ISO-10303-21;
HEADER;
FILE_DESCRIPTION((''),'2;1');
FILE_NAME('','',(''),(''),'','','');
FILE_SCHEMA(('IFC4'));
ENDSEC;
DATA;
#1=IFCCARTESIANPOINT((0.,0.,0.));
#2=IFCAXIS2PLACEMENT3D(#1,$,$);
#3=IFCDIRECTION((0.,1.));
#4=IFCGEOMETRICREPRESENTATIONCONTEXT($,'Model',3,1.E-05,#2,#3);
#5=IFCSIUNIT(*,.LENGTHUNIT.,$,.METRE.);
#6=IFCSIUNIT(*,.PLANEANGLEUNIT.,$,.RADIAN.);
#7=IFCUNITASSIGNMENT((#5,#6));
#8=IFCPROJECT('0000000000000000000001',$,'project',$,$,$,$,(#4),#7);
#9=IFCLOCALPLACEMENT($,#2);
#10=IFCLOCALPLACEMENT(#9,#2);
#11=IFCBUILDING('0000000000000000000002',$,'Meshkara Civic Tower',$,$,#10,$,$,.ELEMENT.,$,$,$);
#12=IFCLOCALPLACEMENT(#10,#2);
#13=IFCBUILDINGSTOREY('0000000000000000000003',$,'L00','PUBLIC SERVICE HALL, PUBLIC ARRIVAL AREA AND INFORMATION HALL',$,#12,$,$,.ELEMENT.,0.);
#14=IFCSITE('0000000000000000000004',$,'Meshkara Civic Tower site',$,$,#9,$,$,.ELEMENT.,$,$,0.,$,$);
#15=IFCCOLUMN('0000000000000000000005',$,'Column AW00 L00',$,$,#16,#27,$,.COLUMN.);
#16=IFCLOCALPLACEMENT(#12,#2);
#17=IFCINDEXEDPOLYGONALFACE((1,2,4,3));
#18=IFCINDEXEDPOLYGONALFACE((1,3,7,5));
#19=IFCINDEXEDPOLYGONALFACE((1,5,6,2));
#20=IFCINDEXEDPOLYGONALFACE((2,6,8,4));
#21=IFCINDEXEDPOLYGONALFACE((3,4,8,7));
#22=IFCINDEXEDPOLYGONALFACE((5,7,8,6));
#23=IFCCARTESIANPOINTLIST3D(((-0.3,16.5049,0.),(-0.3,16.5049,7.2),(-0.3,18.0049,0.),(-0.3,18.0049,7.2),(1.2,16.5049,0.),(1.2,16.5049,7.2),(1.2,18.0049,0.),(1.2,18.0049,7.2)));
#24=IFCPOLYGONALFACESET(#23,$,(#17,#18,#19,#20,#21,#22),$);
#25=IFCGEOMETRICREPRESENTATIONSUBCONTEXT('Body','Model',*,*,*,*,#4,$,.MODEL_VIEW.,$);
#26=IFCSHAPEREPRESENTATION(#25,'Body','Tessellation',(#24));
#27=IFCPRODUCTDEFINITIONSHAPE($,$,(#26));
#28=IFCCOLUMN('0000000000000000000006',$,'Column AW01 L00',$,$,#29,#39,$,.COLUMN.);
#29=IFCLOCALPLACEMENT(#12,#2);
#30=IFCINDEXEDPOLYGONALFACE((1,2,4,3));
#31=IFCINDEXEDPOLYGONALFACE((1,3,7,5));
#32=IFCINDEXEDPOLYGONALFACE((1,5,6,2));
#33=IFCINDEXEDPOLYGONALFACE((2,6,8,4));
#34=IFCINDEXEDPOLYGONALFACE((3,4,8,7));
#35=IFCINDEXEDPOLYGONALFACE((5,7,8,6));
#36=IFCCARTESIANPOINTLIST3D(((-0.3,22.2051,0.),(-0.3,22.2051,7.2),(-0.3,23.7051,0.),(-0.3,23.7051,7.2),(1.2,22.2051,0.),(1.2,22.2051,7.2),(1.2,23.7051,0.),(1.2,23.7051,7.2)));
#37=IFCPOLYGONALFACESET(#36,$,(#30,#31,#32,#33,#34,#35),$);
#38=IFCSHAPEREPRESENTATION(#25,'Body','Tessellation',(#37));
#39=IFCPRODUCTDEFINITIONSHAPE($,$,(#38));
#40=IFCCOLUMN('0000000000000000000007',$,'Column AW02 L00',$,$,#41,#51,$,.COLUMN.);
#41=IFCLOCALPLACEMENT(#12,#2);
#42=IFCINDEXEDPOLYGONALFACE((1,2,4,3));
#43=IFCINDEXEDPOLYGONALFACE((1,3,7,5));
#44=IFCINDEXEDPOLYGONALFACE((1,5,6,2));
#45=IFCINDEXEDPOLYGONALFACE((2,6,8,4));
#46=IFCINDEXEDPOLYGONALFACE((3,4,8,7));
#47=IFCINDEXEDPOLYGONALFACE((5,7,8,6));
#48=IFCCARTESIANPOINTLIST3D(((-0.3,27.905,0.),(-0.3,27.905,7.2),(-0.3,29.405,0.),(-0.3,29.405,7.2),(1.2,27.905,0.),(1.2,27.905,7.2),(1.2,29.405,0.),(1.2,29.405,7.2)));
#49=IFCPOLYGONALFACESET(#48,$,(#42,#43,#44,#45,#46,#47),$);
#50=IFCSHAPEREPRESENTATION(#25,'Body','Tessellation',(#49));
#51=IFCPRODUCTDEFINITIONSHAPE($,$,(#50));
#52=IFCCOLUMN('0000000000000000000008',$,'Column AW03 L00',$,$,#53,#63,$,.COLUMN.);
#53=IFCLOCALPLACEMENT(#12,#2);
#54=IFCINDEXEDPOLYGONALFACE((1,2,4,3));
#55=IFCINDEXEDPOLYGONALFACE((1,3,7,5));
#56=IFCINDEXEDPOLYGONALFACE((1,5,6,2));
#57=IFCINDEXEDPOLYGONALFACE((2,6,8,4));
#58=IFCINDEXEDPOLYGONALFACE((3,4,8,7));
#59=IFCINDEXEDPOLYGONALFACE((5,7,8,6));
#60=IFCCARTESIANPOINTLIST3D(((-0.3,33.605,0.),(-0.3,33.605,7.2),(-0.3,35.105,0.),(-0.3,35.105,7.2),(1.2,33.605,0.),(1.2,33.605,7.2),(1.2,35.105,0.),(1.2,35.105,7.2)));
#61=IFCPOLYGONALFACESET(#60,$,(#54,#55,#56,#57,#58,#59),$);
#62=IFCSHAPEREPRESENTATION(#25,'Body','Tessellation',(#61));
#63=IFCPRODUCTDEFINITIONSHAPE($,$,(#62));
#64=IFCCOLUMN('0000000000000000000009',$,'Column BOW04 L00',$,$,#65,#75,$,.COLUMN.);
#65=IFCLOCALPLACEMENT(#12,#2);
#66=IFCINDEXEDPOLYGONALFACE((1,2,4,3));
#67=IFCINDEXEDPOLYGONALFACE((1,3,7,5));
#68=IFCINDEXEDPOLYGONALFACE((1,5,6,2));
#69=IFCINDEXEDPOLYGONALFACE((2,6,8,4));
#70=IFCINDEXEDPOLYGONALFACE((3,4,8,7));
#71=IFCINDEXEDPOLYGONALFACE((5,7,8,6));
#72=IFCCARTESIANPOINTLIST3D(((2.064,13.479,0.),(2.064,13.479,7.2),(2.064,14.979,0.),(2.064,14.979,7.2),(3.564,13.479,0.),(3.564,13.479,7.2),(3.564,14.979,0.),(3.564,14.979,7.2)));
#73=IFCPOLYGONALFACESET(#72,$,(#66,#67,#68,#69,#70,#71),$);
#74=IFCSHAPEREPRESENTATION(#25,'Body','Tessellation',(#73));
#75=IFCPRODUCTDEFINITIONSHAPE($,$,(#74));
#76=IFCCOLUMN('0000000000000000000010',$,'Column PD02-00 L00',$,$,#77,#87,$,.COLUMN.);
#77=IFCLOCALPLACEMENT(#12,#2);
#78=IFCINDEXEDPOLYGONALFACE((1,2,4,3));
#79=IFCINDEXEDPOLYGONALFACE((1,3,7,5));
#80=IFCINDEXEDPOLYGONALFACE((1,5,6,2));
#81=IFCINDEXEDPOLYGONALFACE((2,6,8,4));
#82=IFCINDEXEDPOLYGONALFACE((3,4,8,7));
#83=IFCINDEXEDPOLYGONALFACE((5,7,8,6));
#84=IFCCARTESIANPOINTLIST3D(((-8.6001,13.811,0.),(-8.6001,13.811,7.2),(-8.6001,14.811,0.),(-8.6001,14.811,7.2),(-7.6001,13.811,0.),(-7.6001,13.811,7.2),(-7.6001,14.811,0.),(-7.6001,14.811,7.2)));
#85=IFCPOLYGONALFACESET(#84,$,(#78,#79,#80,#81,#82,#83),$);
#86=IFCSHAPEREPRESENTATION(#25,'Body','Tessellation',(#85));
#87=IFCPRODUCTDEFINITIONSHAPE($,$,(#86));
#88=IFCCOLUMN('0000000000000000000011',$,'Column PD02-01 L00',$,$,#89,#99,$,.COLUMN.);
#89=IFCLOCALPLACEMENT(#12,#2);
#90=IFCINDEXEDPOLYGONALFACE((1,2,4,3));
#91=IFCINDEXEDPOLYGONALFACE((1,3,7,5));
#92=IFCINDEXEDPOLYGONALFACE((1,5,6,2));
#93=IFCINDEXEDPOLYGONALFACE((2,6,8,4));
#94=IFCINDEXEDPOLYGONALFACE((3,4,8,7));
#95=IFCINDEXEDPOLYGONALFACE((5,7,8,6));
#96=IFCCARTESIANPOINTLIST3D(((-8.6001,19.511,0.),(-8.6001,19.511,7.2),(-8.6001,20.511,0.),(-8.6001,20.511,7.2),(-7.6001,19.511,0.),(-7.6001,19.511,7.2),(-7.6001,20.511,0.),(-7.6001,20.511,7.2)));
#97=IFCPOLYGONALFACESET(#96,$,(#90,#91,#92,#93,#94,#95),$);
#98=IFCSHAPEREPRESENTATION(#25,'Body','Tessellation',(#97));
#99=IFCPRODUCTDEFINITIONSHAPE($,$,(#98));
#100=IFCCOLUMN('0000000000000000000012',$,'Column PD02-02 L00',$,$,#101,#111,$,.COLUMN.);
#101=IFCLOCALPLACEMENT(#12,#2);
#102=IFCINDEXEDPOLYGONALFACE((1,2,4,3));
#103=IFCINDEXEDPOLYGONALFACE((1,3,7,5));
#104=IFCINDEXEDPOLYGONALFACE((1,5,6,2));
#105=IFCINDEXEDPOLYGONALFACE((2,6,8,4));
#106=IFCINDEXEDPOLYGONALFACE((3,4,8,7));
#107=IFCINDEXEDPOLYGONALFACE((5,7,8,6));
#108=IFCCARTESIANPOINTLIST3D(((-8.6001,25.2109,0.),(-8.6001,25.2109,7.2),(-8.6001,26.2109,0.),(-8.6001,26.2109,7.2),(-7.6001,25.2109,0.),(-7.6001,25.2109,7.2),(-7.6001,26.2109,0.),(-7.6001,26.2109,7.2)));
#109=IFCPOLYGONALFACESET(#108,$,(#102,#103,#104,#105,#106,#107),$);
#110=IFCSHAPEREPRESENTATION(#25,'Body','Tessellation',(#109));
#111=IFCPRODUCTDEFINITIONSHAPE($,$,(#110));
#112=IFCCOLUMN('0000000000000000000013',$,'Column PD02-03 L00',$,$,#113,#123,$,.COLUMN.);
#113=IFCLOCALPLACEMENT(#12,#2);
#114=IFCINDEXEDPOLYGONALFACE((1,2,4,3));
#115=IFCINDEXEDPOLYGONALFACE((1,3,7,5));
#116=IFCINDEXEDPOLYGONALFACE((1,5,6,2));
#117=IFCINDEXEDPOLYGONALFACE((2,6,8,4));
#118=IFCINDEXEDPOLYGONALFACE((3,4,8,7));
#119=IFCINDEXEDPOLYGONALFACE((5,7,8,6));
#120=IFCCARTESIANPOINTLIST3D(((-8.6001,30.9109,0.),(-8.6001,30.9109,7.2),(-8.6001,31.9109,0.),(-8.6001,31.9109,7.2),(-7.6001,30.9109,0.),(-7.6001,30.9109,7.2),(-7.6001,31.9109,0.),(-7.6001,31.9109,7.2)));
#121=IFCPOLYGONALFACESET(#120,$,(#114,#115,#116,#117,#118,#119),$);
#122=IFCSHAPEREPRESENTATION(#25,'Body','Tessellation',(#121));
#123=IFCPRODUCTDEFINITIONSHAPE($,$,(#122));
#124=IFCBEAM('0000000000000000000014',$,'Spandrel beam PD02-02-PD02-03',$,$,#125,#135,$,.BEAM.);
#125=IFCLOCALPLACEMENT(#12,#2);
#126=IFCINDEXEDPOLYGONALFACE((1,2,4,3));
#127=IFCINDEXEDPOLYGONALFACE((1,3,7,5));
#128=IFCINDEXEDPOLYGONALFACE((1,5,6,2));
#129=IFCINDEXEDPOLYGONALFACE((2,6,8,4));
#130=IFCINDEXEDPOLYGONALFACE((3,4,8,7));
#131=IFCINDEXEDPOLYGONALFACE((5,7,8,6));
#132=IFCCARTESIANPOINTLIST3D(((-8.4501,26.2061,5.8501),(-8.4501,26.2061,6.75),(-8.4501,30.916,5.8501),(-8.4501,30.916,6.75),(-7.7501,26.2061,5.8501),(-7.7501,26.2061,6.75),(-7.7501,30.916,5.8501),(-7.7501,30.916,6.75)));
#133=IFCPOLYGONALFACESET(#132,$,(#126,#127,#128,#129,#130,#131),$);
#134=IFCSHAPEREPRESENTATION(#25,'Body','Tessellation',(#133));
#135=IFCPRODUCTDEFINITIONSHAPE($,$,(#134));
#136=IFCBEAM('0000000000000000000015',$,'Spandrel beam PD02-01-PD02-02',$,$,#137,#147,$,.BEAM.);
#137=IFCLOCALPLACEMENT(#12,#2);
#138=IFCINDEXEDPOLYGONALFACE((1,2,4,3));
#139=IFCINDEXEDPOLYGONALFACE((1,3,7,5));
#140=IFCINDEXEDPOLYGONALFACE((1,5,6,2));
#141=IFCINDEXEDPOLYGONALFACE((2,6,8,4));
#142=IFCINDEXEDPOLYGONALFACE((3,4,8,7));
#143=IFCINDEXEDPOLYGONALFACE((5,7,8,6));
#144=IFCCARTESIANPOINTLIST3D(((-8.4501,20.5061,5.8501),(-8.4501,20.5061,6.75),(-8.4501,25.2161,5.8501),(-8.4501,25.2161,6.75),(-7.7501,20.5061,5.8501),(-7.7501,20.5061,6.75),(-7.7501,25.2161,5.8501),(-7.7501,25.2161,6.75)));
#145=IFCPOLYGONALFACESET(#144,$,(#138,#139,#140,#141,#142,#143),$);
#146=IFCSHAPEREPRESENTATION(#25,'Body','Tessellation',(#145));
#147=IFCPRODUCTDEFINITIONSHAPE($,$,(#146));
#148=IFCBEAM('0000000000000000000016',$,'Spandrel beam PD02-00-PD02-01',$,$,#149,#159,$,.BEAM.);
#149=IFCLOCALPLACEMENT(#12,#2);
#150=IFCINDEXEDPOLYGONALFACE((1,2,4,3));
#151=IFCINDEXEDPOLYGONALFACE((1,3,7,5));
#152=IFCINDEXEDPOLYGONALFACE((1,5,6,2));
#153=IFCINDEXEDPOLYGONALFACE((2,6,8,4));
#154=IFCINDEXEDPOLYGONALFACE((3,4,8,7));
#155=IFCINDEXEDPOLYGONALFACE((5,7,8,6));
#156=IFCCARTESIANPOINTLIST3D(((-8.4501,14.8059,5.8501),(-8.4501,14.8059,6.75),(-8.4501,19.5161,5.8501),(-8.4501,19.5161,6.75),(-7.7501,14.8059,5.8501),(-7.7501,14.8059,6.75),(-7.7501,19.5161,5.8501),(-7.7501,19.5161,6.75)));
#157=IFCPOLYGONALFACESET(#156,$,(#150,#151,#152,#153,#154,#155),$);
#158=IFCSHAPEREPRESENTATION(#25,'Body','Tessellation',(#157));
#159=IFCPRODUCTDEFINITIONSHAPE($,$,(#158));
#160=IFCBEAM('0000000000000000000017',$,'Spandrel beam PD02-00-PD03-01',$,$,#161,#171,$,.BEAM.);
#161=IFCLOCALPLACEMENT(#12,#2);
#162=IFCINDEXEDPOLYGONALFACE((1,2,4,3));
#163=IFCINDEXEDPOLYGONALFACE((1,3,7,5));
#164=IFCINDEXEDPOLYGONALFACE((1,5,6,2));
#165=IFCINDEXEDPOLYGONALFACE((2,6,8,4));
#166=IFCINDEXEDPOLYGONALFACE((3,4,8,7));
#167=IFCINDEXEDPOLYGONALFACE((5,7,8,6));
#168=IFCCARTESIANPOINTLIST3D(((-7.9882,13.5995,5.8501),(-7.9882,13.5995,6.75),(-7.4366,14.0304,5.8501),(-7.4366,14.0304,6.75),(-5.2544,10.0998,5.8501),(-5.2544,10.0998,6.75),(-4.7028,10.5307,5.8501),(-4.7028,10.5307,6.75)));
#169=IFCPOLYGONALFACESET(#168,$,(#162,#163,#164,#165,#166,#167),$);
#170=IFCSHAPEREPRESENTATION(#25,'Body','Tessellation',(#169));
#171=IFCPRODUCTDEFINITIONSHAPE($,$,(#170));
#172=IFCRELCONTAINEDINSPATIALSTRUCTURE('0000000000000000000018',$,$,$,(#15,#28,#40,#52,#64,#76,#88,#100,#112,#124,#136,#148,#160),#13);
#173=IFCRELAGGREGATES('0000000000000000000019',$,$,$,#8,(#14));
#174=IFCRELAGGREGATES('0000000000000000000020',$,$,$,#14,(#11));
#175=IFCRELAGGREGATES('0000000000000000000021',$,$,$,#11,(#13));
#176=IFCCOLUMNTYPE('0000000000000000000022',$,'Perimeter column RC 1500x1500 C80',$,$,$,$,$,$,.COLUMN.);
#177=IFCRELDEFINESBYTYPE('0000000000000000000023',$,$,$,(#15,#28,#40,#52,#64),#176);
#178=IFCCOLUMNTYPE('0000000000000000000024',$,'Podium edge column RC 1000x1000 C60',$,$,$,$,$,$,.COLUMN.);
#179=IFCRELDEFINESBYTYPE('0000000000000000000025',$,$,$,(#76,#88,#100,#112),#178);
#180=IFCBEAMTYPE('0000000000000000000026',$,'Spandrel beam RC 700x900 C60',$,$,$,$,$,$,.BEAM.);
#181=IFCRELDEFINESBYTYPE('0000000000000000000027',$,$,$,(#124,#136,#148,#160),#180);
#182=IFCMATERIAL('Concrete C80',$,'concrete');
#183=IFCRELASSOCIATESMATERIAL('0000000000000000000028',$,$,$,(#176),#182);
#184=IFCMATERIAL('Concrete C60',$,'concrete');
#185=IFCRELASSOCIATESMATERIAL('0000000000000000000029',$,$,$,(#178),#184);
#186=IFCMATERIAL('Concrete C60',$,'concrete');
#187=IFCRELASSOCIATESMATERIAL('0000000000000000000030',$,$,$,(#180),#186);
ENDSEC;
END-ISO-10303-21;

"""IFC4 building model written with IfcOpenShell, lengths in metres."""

from ifc_helpers import new_model, si_unit, direction, frame, origin, origin_2d, place, context, subcontext, project, spatial, rectangle, extrude, material, material_profile, profile_set, type_object, element, save


model = new_model("IFC4")

# Units and contexts
model_context = context("Model", 3, precision=1e-05, world=origin(), true_north=direction((0.0, 1.0)))
body_context = subcontext(model_context, "Body", "Model", "MODEL_VIEW")
ifc_project = project(units=[si_unit("LENGTHUNIT", "METRE"), si_unit("PLANEANGLEUNIT", "RADIAN")], contexts=[model_context])

# Site, building, storey
site_placement = place(None, origin())
site = spatial("IfcSite", under=ifc_project, at=site_placement, Name="Meshkara Civic Tower site", CompositionType="ELEMENT", RefElevation=0.0)
building_placement = place(site_placement, origin())
building = spatial("IfcBuilding", under=site, at=building_placement, Name="Meshkara Civic Tower", CompositionType="ELEMENT")
storey_placement = place(building_placement, origin())
storey = spatial("IfcBuildingStorey", under=building, at=storey_placement, Name="L00", Description="PUBLIC SERVICE HALL, PUBLIC ARRIVAL AREA AND INFORMATION HALL", CompositionType="ELEMENT", Elevation=0.0)

# Columns
ifc_material_1 = material(Name="Concrete C80", Category="concrete")
ifc_material_profile_1 = material_profile(ifc_material_1, rectangle(XDim=1.5, YDim=1.5, at=origin_2d()))
ifc_profile_set_1 = profile_set([ifc_material_profile_1], Name="Concrete C80")
column_type_1 = type_object("IfcColumnType", Name="Perimeter column RC 1500x1500 C80", PredefinedType="COLUMN", material=ifc_profile_set_1)
for number, where, z_axis, x_axis, name in (
    (1, (0.45, 17.2549, 0.0), (0.0, 0.0, 1.0), (1.0, 0.0, 0.0), "Column AW00 L00"),
    (2, (0.45, 22.9551, 0.0), (0.0, 0.0, 1.0), (1.0, 0.0, 0.0), "Column AW01 L00"),
    (3, (0.45, 28.655, 0.0), (0.0, 0.0, 1.0), (1.0, 0.0, 0.0), "Column AW02 L00"),
    (4, (0.45, 34.355, 0.0), (0.0, 0.0, 1.0), (1.0, 0.0, 0.0), "Column AW03 L00"),
    (5, (2.814, 14.229, 0.0), (0.0, 0.0, 1.0), (1.0, 0.0, 0.0), "Column BOW04 L00"),
):
    element("IfcColumn", number, at=place(storey_placement, frame(where, z_axis=z_axis, x_axis=x_axis)), inside=storey, type_object=column_type_1, Name=name, PredefinedType="COLUMN", context=body_context, shape_type="SweptSolid", body=[
        extrude(rectangle(XDim=1.5, YDim=1.5, at=origin_2d()), origin(), (0.0, 0.0, 1.0), 7.2),
    ])
ifc_material_2 = material(Name="Concrete C60", Category="concrete")
ifc_material_profile_2 = material_profile(ifc_material_2, rectangle(XDim=1.0, YDim=1.0, at=origin_2d()))
ifc_profile_set_2 = profile_set([ifc_material_profile_2], Name="Concrete C60")
column_type_2 = type_object("IfcColumnType", Name="Podium edge column RC 1000x1000 C60", PredefinedType="COLUMN", material=ifc_profile_set_2)
for number, where, z_axis, x_axis, name in (
    (6, (-8.1001, 14.311, 0.0), (0.0, 0.0, 1.0), (1.0, 0.0, 0.0), "Column PD02-00 L00"),
    (7, (-8.1001, 20.011, 0.0), (0.0, 0.0, 1.0), (1.0, 0.0, 0.0), "Column PD02-01 L00"),
    (8, (-8.1001, 25.7109, 0.0), (0.0, 0.0, 1.0), (1.0, 0.0, 0.0), "Column PD02-02 L00"),
    (9, (-8.1001, 31.4109, 0.0), (0.0, 0.0, 1.0), (1.0, 0.0, 0.0), "Column PD02-03 L00"),
):
    element("IfcColumn", number, at=place(storey_placement, frame(where, z_axis=z_axis, x_axis=x_axis)), inside=storey, type_object=column_type_2, Name=name, PredefinedType="COLUMN", context=body_context, shape_type="SweptSolid", body=[
        extrude(rectangle(XDim=1.0, YDim=1.0, at=origin_2d()), origin(), (0.0, 0.0, 1.0), 7.2),
    ])

# Beams
ifc_material_3 = material(Name="Concrete C60", Category="concrete")
ifc_material_profile_3 = material_profile(ifc_material_3, rectangle(XDim=0.7, YDim=0.8999, at=origin_2d()))
ifc_profile_set_3 = profile_set([ifc_material_profile_3], Name="Concrete C60")
beam_type = type_object("IfcBeamType", Name="Spandrel beam RC 700x900 C60", PredefinedType="BEAM", material=ifc_profile_set_3)
for number, where, z_axis, x_axis, name in (
    (10, (-8.1001, 30.916, 6.3), (0.0, -1.0, 0.0), (1.0, 0.0, 0.0), "Spandrel beam PD02-02-PD02-03"),
    (11, (-8.1001, 25.2161, 6.3), (0.0, -1.0, 0.0), (1.0, 0.0, 0.0), "Spandrel beam PD02-01-PD02-02"),
):
    element("IfcBeam", number, at=place(storey_placement, frame(where, z_axis=z_axis, x_axis=x_axis)), inside=storey, type_object=beam_type, Name=name, PredefinedType="BEAM", context=body_context, shape_type="SweptSolid", body=[
        extrude(rectangle(XDim=0.7, YDim=0.8999, at=origin_2d()), origin(), (0.0, 0.0, 1.0), 4.71),
    ])
beam_1_placement = place(storey_placement, frame((-8.1001, 19.5161, 6.3), z_axis=(0.0, -1.0, 0.0), x_axis=(1.0, 0.0, 0.0)))
element("IfcBeam", 12, at=beam_1_placement, inside=storey, type_object=beam_type, Name="Spandrel beam PD02-00-PD02-01", PredefinedType="BEAM", context=body_context, shape_type="SweptSolid", body=[
    extrude(rectangle(XDim=0.7, YDim=0.8999, at=origin_2d()), origin(), (0.0, 0.0, 1.0), 4.7102),
])
beam_2_placement = place(storey_placement, frame((-7.7124, 13.8149, 6.3), z_axis=(0.615602, -0.788057, 0.0), x_axis=(0.788057, 0.615602, 0.0)))
element("IfcBeam", 13, at=beam_2_placement, inside=storey, type_object=beam_type, Name="Spandrel beam PD02-00-PD03-01", PredefinedType="BEAM", context=body_context, shape_type="SweptSolid", body=[
    extrude(rectangle(XDim=0.7, YDim=0.8999, at=origin_2d()), origin(), (0.0, 0.0, 1.0), 4.4409),
])

save(model, "model.ifc")
